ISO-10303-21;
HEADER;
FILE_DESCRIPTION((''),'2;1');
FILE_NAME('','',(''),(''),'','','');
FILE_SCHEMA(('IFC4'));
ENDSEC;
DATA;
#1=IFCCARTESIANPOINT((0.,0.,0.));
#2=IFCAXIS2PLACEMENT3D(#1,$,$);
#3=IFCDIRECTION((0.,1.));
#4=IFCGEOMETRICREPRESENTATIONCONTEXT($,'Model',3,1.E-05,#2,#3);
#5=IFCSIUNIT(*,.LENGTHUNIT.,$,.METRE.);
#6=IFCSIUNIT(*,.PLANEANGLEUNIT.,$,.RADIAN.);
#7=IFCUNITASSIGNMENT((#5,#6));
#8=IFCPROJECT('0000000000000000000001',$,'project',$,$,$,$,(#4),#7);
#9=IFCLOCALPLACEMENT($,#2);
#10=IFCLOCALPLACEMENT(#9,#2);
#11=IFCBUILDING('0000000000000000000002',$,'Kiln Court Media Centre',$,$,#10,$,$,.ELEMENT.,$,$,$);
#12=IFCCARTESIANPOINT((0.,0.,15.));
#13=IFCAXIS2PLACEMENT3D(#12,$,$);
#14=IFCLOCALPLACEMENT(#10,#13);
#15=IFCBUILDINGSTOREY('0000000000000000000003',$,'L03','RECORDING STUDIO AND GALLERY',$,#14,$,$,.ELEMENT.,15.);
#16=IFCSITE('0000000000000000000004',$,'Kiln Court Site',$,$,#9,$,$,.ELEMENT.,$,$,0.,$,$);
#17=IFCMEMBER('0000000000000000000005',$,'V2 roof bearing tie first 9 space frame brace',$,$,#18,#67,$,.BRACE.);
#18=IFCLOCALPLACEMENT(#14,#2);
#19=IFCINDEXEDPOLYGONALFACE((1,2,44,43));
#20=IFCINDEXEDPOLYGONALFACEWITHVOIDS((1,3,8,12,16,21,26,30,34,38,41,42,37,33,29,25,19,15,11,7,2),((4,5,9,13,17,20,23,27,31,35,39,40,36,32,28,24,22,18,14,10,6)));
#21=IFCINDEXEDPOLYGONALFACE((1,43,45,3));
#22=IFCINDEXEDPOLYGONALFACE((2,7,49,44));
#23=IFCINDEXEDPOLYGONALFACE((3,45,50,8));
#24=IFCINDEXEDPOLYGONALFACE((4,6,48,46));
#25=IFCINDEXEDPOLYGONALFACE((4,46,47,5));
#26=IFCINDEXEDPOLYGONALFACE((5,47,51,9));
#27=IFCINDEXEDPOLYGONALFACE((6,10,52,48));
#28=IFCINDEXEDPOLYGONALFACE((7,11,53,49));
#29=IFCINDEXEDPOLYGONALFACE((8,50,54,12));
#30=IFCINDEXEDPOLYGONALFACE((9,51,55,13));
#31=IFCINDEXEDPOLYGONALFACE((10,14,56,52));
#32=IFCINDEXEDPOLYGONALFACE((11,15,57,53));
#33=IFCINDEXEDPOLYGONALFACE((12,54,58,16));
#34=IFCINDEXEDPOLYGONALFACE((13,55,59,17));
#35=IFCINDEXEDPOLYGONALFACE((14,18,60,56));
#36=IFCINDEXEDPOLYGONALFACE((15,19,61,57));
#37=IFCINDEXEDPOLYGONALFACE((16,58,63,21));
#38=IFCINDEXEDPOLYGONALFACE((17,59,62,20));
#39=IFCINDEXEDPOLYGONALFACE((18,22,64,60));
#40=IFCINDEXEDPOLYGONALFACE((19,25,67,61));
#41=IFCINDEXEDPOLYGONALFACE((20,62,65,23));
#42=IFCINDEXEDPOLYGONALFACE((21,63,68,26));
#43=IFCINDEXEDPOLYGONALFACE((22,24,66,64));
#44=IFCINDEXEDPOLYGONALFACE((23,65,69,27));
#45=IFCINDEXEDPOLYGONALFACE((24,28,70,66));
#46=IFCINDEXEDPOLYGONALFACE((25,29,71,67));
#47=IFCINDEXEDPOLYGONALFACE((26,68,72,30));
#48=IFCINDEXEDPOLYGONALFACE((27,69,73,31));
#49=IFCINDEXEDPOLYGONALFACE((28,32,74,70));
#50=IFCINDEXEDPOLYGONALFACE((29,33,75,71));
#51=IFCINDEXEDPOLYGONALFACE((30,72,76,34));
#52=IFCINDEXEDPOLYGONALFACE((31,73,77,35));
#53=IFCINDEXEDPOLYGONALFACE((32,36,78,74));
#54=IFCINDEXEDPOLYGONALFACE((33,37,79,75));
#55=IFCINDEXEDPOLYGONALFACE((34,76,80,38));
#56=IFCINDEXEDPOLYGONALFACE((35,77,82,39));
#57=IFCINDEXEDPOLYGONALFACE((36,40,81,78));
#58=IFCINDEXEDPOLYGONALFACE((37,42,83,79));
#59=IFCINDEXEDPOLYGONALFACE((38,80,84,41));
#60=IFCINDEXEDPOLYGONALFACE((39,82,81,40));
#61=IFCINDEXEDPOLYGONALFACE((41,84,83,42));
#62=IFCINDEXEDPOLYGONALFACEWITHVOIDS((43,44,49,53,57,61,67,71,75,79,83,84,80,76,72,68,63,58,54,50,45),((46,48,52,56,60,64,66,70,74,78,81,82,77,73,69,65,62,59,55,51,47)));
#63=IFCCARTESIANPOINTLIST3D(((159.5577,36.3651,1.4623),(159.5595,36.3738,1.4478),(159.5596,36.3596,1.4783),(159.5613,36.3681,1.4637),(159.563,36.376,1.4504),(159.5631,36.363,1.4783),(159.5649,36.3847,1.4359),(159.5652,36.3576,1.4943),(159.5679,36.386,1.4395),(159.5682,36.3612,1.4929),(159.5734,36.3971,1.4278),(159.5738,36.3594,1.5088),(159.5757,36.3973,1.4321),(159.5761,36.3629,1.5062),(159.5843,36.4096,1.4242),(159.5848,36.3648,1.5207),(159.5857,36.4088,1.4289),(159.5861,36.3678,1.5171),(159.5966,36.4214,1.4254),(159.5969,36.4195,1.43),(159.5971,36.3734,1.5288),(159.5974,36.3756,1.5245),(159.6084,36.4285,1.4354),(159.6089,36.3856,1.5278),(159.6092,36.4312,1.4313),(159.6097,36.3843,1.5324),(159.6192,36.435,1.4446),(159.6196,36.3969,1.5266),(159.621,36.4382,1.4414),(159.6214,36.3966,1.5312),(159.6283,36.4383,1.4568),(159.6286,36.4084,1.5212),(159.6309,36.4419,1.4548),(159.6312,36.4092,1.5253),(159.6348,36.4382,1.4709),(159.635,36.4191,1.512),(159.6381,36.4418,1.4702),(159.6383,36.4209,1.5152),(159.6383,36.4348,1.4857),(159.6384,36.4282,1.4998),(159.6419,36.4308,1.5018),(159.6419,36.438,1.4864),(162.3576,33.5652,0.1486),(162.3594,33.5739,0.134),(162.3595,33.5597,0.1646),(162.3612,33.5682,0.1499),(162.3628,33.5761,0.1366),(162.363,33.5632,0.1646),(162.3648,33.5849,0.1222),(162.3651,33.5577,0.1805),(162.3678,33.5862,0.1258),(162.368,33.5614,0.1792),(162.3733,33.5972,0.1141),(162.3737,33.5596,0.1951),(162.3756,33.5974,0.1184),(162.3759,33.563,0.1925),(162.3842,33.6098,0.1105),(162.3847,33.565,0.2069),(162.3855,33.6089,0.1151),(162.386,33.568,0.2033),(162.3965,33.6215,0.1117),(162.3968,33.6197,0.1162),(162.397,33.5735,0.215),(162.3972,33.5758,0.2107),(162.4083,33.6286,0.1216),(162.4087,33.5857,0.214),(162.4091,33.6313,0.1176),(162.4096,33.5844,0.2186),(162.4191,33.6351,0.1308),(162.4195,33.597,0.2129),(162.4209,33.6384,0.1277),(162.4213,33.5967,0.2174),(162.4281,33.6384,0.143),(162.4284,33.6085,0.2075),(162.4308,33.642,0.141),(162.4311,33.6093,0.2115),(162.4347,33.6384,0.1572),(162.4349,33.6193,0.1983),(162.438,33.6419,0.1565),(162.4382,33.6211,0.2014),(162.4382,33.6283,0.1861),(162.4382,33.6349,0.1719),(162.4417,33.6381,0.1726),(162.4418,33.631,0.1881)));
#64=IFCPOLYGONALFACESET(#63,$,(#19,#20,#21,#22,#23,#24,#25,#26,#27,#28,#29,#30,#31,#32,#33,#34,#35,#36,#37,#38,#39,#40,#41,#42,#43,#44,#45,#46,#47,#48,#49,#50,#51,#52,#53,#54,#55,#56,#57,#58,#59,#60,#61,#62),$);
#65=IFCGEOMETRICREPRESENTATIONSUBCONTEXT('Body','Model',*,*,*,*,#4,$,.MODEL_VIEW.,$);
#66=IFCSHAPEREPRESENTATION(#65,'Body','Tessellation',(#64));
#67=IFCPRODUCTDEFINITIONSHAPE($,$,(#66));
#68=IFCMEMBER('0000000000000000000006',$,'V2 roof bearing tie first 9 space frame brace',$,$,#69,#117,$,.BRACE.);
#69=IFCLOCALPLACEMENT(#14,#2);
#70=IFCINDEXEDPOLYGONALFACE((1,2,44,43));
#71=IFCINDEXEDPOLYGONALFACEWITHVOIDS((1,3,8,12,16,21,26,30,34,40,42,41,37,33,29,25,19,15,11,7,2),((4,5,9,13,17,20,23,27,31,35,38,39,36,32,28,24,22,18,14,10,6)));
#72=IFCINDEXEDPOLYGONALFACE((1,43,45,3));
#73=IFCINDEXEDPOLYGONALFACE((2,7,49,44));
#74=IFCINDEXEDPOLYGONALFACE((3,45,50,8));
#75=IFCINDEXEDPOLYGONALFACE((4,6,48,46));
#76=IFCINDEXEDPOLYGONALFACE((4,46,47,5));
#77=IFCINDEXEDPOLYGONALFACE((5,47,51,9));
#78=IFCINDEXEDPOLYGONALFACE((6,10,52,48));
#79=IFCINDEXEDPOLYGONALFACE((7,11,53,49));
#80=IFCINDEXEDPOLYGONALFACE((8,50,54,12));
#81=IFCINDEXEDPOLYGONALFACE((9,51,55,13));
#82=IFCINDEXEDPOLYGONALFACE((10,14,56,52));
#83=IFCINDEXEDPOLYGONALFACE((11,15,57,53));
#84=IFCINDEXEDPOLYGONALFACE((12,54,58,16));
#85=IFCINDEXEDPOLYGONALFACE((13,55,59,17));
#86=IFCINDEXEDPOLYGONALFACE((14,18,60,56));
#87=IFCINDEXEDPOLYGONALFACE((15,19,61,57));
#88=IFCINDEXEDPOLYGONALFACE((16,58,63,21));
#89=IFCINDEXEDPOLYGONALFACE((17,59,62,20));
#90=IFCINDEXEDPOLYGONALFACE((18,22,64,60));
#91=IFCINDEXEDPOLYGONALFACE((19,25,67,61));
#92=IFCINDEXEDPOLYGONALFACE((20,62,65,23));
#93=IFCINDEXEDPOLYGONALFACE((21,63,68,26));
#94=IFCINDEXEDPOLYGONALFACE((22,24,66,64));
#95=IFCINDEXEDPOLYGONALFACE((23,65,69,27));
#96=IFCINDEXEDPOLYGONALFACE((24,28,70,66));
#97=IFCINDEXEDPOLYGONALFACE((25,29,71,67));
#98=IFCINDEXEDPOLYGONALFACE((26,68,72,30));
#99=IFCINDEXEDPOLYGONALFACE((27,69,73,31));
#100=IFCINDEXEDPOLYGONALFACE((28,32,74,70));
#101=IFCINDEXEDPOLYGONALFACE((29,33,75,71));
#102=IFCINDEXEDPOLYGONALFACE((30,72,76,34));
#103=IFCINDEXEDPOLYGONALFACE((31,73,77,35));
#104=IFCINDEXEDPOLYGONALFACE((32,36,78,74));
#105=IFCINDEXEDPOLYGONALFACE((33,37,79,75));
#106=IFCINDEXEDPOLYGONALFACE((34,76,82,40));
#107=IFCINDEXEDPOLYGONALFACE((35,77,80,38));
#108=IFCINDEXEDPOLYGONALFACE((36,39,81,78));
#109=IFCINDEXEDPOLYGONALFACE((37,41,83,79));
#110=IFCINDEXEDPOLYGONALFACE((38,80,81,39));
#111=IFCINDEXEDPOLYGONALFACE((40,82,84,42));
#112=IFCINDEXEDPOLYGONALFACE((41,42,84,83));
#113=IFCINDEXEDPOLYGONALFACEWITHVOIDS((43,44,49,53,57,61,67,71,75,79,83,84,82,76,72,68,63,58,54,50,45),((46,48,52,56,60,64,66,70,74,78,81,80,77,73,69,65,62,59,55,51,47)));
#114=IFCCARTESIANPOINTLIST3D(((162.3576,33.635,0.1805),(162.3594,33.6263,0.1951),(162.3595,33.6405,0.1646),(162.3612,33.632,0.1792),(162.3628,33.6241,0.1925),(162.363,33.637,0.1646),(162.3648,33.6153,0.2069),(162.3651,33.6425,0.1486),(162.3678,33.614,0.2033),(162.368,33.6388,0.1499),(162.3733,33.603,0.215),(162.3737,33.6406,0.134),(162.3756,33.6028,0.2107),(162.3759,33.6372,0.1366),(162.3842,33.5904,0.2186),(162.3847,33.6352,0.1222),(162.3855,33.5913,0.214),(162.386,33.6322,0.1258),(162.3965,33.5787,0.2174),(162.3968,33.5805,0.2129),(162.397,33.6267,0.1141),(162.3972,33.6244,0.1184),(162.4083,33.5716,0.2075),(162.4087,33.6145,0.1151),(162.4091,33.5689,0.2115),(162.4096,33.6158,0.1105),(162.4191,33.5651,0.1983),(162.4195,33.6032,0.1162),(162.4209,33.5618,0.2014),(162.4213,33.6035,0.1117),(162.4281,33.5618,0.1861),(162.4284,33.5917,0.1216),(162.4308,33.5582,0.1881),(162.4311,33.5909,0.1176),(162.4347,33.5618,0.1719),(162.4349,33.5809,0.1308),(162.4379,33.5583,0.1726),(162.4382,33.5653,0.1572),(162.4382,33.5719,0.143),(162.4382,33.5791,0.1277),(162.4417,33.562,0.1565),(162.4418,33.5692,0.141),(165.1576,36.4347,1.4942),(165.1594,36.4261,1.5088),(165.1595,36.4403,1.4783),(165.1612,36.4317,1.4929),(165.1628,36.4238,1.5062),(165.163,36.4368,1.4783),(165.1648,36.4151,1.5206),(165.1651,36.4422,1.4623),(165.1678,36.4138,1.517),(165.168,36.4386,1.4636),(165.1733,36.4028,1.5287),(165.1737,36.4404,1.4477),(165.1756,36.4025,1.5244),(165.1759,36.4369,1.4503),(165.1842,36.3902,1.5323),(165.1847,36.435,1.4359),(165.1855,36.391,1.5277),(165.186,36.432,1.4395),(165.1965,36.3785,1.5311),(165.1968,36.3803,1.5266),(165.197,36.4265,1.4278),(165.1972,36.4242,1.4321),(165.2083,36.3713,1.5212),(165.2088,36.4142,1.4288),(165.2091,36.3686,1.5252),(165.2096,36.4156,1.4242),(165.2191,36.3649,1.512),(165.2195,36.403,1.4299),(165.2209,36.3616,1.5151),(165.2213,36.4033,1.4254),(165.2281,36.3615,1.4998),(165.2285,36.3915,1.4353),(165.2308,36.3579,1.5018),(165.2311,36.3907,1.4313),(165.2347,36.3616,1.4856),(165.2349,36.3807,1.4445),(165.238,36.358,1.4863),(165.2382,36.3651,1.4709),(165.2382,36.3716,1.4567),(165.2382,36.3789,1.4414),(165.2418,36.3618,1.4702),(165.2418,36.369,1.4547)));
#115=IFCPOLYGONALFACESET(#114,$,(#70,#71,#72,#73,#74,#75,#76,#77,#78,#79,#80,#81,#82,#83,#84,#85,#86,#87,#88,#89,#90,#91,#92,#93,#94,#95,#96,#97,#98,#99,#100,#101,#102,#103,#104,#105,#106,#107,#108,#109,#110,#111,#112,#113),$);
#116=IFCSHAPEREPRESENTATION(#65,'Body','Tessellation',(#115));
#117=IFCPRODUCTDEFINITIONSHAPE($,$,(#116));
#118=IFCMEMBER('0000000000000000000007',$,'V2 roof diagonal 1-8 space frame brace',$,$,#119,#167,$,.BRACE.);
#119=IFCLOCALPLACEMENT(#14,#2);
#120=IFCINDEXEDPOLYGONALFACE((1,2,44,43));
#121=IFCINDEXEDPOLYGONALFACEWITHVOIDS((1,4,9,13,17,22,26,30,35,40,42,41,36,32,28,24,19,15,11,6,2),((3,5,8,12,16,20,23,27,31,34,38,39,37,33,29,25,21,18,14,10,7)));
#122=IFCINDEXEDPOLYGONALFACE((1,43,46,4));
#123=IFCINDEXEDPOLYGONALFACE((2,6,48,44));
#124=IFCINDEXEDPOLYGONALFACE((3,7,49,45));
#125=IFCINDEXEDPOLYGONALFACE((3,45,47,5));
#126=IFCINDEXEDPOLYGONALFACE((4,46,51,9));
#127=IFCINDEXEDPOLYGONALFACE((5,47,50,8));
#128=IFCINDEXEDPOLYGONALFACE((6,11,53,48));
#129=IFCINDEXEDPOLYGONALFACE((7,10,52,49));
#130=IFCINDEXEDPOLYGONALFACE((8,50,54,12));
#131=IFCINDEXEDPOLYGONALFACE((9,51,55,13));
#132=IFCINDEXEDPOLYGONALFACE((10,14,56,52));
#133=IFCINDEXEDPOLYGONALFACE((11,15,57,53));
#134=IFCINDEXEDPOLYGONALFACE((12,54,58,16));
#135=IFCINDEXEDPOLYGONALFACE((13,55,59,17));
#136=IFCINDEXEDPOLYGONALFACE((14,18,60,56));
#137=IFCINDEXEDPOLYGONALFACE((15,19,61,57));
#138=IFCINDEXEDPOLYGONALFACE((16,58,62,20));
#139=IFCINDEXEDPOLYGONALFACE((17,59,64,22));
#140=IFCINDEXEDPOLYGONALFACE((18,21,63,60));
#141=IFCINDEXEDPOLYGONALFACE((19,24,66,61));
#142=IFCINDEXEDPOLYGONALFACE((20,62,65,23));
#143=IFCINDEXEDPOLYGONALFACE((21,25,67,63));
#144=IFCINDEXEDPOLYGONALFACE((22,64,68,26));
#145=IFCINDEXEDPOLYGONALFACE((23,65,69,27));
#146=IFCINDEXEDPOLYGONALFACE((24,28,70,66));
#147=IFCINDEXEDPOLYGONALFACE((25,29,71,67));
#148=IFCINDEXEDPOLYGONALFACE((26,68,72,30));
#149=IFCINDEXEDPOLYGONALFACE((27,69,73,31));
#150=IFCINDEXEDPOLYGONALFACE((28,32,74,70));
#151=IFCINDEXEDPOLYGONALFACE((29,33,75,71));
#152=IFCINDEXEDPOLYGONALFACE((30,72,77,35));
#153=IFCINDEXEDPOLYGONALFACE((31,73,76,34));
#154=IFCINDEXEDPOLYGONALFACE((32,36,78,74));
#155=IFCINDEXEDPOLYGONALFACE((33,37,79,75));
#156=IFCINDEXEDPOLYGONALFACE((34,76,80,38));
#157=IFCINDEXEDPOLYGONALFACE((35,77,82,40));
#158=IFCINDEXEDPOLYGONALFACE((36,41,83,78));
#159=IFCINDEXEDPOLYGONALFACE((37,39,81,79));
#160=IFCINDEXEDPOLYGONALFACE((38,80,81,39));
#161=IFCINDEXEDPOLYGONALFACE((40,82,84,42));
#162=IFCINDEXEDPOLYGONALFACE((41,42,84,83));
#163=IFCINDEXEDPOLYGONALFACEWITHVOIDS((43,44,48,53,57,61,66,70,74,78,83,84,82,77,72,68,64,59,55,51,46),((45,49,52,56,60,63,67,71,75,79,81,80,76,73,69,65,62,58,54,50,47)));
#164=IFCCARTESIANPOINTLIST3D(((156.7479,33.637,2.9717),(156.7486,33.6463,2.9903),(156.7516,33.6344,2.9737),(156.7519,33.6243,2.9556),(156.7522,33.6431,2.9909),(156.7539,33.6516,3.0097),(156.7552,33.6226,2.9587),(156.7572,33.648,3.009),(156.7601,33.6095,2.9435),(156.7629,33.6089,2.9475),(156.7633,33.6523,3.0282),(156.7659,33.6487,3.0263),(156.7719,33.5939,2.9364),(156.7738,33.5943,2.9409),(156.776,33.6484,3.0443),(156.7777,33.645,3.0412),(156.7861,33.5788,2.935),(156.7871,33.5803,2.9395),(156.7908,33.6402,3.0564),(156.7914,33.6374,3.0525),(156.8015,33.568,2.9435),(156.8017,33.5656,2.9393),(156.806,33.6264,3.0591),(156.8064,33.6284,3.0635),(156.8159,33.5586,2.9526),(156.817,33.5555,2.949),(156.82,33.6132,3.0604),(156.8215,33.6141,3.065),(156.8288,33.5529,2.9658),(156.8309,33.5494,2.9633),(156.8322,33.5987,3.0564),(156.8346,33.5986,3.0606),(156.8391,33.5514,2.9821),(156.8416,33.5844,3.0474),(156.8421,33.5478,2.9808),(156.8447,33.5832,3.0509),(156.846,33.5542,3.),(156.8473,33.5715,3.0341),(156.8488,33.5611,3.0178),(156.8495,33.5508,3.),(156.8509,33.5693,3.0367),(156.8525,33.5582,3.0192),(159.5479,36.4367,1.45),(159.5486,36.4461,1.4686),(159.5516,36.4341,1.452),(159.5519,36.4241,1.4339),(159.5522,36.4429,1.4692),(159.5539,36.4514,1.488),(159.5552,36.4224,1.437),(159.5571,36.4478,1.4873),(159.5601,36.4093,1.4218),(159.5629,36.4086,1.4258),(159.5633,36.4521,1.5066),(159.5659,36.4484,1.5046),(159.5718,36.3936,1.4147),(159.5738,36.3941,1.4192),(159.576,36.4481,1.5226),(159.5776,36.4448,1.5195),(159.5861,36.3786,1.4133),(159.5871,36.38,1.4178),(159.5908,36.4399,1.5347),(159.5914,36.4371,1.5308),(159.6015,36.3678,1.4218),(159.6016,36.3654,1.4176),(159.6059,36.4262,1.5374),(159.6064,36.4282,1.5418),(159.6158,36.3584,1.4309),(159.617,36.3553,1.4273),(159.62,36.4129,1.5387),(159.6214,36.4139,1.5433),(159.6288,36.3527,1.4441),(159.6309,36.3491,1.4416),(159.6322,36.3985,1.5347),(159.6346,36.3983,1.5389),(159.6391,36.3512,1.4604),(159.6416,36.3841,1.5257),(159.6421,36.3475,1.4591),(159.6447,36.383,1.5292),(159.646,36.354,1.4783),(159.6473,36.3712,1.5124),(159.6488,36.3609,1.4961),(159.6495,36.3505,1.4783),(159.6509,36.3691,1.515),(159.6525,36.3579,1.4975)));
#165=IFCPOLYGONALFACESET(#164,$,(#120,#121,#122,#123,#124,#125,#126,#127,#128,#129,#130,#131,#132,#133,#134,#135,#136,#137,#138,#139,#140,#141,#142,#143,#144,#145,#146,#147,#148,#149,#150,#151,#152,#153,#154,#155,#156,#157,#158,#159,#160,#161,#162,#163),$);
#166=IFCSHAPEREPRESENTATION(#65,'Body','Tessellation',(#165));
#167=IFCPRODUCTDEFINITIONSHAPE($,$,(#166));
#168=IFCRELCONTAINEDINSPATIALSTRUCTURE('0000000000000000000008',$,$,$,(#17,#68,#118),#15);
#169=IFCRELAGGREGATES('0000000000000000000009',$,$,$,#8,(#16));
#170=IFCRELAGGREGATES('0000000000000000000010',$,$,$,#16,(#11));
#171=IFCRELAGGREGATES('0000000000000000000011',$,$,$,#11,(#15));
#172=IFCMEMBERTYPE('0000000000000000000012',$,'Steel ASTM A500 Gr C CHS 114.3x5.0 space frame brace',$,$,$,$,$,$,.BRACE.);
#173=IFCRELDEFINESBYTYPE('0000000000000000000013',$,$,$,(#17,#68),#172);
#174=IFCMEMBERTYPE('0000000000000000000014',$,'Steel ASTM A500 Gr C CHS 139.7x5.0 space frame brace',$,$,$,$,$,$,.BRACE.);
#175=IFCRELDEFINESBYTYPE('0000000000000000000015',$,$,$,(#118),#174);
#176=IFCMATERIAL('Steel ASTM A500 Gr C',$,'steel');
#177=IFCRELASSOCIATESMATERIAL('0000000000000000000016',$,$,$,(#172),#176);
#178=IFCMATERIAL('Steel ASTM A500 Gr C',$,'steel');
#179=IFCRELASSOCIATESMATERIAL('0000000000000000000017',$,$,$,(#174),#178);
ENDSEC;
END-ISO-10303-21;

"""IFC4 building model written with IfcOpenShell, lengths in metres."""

from ifc_helpers import new_model, si_unit, direction, frame, origin, origin_2d, place, context, subcontext, project, spatial, hollow_circle, extrude, material, material_profile, profile_set, type_object, element, save


model = new_model("IFC4")

# Units and contexts
model_context = context("Model", 3, precision=1e-05, world=origin(), true_north=direction((0.0, 1.0)))
body_context = subcontext(model_context, "Body", "Model", "MODEL_VIEW")
ifc_project = project(units=[si_unit("LENGTHUNIT", "METRE"), si_unit("PLANEANGLEUNIT", "RADIAN")], contexts=[model_context])

# Site, building, storey
site_placement = place(None, origin())
site = spatial("IfcSite", under=ifc_project, at=site_placement, Name="Kiln Court Site", CompositionType="ELEMENT", RefElevation=0.0)
building_placement = place(site_placement, origin())
building = spatial("IfcBuilding", under=site, at=building_placement, Name="Kiln Court Media Centre", CompositionType="ELEMENT")
storey_placement = place(building_placement, frame((0.0, 0.0, 15.0)))
storey = spatial("IfcBuildingStorey", under=building, at=storey_placement, Name="L03", Description="RECORDING STUDIO AND GALLERY", CompositionType="ELEMENT", Elevation=15.0)

# Members
ifc_material_1 = material(Name="Steel ASTM A500 Gr C", Category="steel")
ifc_material_profile_1 = material_profile(ifc_material_1, hollow_circle(Radius=0.0571, WallThickness=0.0049, at=origin_2d()), Name="CHS 114.3x5.0")
ifc_profile_set_1 = profile_set([ifc_material_profile_1], Name="Steel ASTM A500 Gr C")
member_type_1 = type_object("IfcMemberType", Name="Steel ASTM A500 Gr C CHS 114.3x5.0 space frame brace", PredefinedType="BRACE", material=ifc_profile_set_1)
for number, where, z_axis, x_axis, name in (
    (1, (162.3999, 33.6001, 0.1646), (-0.671131, 0.671131, 0.314907), (-0.707107, -0.707107, 0.0), "V2 roof bearing tie first 9 space frame brace"),
    (2, (162.3999, 33.6001, 0.1646), (0.671163, 0.671105, 0.314895), (-0.707076, 0.707138, 0.0), "V2 roof bearing tie first 9 space frame brace"),
):
    element("IfcMember", number, at=place(storey_placement, frame(where, z_axis=z_axis, x_axis=x_axis)), inside=storey, type_object=member_type_1, Name=name, PredefinedType="BRACE", context=body_context, shape_type="SweptSolid", body=[
        extrude(hollow_circle(Radius=0.0571, WallThickness=0.0049, at=origin_2d()), origin(), (0.0, 0.0, 1.0), 4.1719),
    ])
ifc_material_2 = material(Name="Steel ASTM A500 Gr C", Category="steel")
ifc_material_profile_2 = material_profile(ifc_material_2, hollow_circle(Radius=0.0698, WallThickness=0.0049, at=origin_2d()), Name="CHS 139.7x5.0")
ifc_profile_set_2 = profile_set([ifc_material_profile_2], Name="Steel ASTM A500 Gr C")
member_type_2 = type_object("IfcMemberType", Name="Steel ASTM A500 Gr C CHS 139.7x5.0 space frame brace", PredefinedType="BRACE", material=ifc_profile_set_2)
member_1_placement = place(storey_placement, frame((159.6001, 36.3999, 1.4783), z_axis=(-0.660073, -0.660015, 0.358726), x_axis=(0.707076, -0.707138, 0.0)))
element("IfcMember", 3, at=member_1_placement, inside=storey, type_object=member_type_2, Name="V2 roof diagonal 1-8 space frame brace", PredefinedType="BRACE", context=body_context, shape_type="SweptSolid", body=[
    extrude(hollow_circle(Radius=0.0698, WallThickness=0.0049, at=origin_2d()), origin(), (0.0, 0.0, 1.0), 4.2419),
])

save(model, "model.ifc")
